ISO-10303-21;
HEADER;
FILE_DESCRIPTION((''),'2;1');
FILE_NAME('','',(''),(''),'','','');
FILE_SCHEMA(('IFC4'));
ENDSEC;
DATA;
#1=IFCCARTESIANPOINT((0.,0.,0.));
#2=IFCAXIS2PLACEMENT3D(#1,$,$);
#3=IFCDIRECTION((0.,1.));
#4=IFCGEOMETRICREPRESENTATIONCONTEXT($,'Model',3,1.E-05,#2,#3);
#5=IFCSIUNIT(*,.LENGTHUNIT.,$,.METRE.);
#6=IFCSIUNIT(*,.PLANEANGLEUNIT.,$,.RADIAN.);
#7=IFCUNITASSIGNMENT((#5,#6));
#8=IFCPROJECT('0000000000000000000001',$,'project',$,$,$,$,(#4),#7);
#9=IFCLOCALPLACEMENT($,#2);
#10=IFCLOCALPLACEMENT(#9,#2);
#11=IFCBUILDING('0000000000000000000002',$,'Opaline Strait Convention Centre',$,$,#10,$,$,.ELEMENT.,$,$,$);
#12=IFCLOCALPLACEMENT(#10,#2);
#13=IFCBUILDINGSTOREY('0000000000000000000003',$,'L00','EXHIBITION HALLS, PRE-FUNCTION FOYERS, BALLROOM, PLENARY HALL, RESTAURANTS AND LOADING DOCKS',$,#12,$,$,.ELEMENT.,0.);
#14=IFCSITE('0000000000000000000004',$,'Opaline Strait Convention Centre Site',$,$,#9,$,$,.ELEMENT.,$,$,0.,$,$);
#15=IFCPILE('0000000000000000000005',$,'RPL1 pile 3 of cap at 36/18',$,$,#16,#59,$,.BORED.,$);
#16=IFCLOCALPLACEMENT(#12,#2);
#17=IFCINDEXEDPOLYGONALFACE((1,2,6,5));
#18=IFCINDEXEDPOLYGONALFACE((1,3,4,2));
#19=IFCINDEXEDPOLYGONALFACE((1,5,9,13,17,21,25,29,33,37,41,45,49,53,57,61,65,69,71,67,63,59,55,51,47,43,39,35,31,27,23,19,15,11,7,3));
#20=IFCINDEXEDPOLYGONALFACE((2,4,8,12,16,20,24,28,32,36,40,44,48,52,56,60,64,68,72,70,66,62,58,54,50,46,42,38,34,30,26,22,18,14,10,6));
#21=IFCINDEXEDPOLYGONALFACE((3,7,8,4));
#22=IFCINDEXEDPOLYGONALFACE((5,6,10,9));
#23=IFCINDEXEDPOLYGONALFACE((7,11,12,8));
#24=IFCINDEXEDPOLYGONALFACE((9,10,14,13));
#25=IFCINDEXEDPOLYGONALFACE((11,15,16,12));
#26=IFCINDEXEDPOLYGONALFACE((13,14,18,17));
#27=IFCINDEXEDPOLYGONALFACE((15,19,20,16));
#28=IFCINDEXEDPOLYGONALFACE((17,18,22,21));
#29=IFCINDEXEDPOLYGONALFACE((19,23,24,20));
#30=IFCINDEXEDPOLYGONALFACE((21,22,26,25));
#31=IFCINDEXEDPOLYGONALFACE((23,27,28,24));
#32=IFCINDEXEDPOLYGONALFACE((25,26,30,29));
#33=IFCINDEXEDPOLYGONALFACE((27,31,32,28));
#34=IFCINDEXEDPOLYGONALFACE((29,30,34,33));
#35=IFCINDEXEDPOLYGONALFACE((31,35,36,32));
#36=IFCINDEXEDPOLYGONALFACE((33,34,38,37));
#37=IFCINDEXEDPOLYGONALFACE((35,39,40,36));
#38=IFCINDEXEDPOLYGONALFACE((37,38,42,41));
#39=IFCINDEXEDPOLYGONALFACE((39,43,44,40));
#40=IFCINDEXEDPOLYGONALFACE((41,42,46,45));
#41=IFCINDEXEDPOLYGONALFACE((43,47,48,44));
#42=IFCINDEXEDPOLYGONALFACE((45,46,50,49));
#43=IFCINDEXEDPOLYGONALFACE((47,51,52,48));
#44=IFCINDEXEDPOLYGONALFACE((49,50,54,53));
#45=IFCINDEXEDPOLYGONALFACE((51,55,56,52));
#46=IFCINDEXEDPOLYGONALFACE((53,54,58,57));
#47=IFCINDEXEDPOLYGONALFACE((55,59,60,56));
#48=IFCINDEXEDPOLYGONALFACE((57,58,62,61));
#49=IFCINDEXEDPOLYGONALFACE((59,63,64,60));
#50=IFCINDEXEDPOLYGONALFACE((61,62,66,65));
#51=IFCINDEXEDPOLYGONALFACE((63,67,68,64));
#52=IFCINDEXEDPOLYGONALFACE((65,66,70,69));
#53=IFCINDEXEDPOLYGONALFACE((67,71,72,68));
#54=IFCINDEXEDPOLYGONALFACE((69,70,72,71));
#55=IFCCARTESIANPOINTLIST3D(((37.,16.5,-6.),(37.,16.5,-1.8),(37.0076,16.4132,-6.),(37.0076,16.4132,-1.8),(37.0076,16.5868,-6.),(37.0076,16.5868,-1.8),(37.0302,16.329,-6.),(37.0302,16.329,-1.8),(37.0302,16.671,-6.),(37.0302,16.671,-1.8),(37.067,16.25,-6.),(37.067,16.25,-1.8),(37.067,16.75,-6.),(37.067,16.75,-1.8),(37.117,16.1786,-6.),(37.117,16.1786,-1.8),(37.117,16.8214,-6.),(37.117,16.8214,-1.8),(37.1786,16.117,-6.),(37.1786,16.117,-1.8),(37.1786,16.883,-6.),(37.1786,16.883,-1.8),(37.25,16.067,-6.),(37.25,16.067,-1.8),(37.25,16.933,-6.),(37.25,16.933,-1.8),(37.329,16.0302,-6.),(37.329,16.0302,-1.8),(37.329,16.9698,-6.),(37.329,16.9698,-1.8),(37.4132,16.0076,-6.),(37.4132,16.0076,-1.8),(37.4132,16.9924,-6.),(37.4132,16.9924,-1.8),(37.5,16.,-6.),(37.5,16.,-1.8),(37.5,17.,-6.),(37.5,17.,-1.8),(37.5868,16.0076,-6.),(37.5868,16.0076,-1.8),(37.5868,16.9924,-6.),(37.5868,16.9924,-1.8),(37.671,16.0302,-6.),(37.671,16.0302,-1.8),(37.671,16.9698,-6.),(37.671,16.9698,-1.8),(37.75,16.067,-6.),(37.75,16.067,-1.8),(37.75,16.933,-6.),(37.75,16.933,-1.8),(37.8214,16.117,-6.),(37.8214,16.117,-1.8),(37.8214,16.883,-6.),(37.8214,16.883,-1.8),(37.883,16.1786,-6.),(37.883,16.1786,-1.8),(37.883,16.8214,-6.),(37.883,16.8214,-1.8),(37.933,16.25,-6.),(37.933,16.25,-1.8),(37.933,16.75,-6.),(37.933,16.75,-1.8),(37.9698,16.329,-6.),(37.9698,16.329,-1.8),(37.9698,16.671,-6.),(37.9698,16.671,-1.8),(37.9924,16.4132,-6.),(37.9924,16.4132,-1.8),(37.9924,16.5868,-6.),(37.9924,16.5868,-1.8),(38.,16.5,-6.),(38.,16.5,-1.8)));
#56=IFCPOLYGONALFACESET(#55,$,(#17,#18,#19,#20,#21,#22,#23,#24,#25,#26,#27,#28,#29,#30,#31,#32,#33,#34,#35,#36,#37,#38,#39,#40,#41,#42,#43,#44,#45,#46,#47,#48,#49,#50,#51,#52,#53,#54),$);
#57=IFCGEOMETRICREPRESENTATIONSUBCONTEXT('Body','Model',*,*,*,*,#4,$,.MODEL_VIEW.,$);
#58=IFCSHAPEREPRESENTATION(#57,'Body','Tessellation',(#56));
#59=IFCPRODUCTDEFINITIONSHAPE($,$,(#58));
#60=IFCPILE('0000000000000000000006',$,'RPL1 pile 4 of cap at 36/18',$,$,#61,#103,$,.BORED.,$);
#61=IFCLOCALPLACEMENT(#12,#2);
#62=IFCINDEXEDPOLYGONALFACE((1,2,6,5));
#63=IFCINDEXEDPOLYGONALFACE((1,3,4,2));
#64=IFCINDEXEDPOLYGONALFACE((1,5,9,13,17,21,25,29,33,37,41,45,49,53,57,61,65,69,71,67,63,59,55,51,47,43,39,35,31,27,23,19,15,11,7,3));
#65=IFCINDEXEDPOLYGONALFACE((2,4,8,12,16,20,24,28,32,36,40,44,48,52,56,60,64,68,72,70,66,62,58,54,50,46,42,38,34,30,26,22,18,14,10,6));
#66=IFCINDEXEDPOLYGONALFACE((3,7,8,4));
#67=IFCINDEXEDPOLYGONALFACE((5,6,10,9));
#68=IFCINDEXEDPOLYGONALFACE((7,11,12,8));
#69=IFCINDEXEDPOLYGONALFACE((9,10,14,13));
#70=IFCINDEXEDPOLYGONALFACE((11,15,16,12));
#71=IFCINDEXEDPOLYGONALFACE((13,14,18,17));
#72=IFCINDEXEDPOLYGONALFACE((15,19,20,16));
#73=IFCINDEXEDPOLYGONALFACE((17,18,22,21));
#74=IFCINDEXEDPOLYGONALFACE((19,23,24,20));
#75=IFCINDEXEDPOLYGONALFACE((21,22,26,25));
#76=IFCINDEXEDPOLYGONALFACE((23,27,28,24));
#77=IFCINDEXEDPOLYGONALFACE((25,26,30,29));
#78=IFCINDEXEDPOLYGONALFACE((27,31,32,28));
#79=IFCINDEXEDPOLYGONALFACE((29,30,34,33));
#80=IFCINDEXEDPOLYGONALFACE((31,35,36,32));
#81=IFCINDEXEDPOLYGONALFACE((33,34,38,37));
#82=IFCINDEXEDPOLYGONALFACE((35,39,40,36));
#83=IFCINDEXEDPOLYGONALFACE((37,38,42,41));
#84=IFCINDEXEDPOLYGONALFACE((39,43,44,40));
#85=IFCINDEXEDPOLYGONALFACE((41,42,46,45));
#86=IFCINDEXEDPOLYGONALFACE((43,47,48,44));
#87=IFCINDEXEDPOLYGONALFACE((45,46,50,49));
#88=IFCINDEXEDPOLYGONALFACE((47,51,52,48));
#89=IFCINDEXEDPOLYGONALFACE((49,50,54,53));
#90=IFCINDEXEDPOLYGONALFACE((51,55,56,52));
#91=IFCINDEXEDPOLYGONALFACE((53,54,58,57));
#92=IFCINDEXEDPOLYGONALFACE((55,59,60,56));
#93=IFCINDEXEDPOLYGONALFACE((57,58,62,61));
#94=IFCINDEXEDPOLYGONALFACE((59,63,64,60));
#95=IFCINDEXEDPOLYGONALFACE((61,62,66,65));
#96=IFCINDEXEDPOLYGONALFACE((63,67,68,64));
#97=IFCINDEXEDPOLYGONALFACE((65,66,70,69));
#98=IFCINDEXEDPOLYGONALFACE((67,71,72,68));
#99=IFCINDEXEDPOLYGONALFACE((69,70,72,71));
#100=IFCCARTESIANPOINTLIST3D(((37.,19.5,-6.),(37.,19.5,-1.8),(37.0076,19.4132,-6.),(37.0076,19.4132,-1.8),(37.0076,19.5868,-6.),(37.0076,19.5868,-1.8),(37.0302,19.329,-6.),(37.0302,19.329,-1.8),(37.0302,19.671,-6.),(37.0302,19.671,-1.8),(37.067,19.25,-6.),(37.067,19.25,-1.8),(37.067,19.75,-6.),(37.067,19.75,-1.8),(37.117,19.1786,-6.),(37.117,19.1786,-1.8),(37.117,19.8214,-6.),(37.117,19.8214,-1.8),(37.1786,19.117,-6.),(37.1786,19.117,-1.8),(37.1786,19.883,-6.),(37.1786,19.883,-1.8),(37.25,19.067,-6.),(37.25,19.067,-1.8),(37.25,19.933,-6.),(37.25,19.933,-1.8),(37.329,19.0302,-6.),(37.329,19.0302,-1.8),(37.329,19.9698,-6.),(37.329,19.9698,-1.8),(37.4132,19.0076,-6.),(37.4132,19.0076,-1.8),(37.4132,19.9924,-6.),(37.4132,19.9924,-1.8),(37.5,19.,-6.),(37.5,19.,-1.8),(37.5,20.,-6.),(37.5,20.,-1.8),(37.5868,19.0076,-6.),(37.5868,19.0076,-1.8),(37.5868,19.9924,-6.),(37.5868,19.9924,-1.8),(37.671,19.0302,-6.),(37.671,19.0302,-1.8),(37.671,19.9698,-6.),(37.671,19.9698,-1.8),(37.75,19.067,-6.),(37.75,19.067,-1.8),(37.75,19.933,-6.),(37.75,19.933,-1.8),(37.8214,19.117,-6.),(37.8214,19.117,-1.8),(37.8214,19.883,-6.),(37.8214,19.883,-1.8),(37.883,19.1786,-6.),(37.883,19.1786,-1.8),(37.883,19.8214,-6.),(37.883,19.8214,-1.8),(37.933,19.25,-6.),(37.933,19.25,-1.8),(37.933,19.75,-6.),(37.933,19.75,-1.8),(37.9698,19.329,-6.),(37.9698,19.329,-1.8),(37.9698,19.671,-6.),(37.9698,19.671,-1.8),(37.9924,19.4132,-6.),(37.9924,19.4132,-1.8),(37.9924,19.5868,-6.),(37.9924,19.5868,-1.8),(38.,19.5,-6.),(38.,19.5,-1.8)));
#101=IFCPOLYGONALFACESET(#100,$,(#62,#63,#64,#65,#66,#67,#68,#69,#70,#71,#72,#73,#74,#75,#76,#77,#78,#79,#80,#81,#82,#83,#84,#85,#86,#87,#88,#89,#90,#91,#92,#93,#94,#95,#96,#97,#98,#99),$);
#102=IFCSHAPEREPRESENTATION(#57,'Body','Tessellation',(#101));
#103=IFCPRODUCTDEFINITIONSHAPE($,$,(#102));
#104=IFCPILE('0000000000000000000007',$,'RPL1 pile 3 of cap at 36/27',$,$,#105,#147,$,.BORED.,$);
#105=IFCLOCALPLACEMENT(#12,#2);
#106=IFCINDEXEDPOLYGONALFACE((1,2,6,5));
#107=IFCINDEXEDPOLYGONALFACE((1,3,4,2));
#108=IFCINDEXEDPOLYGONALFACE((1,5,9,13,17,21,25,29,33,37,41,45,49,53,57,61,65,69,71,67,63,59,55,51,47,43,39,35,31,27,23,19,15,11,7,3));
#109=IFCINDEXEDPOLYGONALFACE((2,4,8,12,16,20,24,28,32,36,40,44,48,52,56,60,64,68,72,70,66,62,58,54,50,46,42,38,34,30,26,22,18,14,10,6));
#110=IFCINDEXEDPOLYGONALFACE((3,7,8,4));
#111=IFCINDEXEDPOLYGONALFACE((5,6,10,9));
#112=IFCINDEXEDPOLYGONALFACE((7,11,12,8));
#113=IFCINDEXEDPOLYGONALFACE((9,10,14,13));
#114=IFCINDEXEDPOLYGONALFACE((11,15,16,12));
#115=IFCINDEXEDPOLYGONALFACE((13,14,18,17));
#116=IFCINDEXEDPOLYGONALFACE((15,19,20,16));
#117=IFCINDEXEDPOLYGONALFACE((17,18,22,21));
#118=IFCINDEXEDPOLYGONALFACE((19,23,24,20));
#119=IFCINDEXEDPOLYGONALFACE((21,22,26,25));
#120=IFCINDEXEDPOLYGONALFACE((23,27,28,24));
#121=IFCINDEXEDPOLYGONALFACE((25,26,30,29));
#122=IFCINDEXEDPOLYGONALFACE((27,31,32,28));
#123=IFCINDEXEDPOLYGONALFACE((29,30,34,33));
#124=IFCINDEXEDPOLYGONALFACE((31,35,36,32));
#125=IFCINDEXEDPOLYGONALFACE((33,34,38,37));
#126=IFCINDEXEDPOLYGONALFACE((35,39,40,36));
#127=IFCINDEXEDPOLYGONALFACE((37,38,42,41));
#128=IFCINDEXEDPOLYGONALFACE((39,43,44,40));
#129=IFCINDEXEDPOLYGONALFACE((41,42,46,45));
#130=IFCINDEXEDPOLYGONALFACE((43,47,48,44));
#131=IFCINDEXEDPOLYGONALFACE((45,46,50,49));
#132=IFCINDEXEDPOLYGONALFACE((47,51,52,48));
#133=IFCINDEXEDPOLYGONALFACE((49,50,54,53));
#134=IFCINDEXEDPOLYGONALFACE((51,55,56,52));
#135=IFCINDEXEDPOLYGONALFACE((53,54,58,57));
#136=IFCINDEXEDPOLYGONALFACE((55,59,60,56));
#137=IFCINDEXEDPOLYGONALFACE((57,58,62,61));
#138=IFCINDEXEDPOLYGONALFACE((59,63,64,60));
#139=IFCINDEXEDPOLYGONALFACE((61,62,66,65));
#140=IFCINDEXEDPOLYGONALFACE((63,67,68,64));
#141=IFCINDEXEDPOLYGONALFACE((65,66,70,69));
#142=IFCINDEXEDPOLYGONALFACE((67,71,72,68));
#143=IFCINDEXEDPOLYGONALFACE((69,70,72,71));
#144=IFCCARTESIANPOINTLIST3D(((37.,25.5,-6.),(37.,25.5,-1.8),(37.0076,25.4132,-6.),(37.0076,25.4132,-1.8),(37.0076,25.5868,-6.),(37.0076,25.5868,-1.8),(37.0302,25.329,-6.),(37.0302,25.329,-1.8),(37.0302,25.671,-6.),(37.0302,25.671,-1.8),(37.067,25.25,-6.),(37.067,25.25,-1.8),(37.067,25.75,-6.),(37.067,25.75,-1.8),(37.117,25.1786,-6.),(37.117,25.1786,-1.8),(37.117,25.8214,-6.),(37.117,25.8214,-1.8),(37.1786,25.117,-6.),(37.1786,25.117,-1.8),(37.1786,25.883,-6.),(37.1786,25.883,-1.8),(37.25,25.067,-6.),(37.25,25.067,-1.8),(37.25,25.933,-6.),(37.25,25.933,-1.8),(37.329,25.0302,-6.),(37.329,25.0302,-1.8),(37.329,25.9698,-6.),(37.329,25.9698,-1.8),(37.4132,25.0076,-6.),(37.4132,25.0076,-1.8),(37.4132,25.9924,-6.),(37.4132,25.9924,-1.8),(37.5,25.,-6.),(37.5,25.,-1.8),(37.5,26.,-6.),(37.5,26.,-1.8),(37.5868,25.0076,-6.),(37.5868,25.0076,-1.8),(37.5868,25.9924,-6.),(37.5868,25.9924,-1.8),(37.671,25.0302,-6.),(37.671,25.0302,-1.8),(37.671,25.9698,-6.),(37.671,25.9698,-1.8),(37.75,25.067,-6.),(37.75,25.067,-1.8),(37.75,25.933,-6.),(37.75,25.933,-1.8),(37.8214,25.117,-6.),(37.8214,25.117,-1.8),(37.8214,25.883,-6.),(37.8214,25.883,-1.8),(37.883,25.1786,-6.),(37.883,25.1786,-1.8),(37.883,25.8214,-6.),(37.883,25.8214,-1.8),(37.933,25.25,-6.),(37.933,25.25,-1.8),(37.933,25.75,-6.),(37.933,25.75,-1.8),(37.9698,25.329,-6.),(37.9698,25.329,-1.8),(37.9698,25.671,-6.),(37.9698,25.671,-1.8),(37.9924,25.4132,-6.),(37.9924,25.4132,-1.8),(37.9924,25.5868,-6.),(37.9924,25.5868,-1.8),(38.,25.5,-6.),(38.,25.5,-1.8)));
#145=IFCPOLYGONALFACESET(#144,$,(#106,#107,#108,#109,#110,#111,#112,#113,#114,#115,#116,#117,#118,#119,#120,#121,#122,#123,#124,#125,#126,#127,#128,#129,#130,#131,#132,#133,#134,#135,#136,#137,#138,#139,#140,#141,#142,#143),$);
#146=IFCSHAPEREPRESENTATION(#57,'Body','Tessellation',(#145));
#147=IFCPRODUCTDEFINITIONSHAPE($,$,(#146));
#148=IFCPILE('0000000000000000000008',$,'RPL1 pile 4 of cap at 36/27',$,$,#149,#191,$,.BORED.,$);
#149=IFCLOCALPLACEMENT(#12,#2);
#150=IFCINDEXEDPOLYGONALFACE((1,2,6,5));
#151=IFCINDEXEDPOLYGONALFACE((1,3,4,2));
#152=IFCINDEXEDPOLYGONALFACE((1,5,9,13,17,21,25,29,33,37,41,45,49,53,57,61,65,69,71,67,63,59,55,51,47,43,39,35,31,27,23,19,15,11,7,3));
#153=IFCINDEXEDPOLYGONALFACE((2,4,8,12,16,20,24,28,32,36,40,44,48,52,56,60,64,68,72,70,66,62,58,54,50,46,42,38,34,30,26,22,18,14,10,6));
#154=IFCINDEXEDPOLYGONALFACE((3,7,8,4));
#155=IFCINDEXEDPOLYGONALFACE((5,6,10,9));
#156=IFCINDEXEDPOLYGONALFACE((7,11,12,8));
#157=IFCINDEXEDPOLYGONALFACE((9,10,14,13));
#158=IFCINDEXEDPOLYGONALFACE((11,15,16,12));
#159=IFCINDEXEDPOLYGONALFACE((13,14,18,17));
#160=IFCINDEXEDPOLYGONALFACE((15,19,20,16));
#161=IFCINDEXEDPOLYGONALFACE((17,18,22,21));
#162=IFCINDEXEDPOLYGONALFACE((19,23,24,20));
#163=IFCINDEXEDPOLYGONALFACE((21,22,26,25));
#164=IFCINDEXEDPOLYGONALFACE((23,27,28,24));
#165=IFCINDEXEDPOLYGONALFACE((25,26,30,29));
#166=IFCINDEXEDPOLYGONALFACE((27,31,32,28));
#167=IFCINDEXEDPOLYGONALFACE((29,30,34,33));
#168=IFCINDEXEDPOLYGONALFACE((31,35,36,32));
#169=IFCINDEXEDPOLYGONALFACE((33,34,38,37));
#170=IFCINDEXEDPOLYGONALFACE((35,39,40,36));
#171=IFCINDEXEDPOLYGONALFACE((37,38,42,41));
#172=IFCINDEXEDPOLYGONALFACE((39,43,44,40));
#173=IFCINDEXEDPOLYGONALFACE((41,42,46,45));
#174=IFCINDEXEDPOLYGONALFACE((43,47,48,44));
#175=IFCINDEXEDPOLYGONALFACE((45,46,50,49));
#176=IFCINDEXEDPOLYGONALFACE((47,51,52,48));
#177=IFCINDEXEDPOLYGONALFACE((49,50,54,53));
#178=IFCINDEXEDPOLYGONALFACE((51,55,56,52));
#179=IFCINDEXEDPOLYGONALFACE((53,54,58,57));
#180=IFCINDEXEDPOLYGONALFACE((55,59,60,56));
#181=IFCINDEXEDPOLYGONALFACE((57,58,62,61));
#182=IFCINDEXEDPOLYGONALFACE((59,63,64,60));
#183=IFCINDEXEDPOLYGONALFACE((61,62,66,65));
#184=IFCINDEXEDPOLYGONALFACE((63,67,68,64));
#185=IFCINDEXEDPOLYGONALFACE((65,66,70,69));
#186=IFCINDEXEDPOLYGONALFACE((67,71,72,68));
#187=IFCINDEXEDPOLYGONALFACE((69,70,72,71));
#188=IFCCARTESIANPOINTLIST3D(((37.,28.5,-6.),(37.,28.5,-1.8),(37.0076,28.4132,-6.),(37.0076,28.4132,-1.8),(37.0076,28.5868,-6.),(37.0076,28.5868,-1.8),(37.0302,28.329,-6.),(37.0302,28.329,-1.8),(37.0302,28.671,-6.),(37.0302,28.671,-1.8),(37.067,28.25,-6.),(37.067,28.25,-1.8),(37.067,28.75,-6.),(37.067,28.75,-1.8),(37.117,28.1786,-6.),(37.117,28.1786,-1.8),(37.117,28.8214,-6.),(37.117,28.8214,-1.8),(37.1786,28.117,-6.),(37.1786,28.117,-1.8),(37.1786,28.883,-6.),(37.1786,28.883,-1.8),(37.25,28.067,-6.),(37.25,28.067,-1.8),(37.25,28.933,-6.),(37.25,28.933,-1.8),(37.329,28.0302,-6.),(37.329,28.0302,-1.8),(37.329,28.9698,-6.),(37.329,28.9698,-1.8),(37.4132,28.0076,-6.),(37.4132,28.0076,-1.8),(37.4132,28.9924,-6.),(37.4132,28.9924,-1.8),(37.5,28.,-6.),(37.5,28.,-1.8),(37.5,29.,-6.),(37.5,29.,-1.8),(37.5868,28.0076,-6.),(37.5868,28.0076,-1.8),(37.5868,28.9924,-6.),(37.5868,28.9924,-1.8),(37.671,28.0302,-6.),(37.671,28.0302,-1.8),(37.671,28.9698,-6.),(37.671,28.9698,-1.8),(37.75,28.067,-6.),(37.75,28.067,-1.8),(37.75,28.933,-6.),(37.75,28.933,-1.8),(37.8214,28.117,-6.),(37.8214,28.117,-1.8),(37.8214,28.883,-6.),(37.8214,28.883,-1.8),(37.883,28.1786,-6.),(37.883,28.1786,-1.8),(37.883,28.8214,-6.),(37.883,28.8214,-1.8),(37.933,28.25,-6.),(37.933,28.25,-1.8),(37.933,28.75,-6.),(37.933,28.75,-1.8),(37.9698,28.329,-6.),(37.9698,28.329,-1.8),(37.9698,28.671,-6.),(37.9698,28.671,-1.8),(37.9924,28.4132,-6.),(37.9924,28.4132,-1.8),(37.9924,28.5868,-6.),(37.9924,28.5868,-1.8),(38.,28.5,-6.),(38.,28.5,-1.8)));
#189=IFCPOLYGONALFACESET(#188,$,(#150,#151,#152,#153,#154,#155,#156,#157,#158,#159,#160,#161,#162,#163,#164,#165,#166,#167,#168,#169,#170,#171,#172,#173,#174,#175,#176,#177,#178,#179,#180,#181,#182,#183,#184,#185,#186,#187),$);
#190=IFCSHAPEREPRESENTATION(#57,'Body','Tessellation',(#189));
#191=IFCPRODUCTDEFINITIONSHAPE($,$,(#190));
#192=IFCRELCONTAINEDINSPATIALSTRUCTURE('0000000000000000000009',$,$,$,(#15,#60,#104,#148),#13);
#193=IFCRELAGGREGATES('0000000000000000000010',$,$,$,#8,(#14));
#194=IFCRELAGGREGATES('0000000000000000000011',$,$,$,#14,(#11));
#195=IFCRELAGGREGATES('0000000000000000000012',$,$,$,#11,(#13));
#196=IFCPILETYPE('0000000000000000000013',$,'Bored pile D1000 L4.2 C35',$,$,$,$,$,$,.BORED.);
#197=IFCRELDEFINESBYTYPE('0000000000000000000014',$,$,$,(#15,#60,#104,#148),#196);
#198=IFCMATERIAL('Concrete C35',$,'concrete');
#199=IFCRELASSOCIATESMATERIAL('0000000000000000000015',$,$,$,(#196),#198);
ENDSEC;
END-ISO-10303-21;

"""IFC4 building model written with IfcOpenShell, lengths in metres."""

from ifc_helpers import new_model, si_unit, direction, frame, origin, origin_2d, place, context, subcontext, project, spatial, circle, extrude, material, material_profile, profile_set, type_object, element, save


model = new_model("IFC4")

# Units and contexts
model_context = context("Model", 3, precision=1e-05, world=origin(), true_north=direction((0.0, 1.0)))
body_context = subcontext(model_context, "Body", "Model", "MODEL_VIEW")
ifc_project = project(units=[si_unit("LENGTHUNIT", "METRE"), si_unit("PLANEANGLEUNIT", "RADIAN")], contexts=[model_context])

# Site, building, storey
site_placement = place(None, origin())
site = spatial("IfcSite", under=ifc_project, at=site_placement, Name="Opaline Strait Convention Centre Site", CompositionType="ELEMENT", RefElevation=0.0)
building_placement = place(site_placement, origin())
building = spatial("IfcBuilding", under=site, at=building_placement, Name="Opaline Strait Convention Centre", CompositionType="ELEMENT")
storey_placement = place(building_placement, origin())
storey = spatial("IfcBuildingStorey", under=building, at=storey_placement, Name="L00", Description="EXHIBITION HALLS, PRE-FUNCTION FOYERS, BALLROOM, PLENARY HALL, RESTAURANTS AND LOADING DOCKS", CompositionType="ELEMENT", Elevation=0.0)

# Piles
ifc_material_1 = material(Name="Concrete C35", Category="concrete")
ifc_material_profile_1 = material_profile(ifc_material_1, circle(Radius=0.5, at=origin_2d()), Name="D1000")
ifc_profile_set_1 = profile_set([ifc_material_profile_1], Name="Concrete C35")
pile_type = type_object("IfcPileType", Name="Bored pile D1000 L4.2 C35", PredefinedType="BORED", material=ifc_profile_set_1)
for number, where, z_axis, x_axis, name in (
    (1, (37.5, 16.5, -1.8), (0.0, 0.0, -1.0), (1.0, 0.0, 0.0), "RPL1 pile 3 of cap at 36/18"),
    (2, (37.5, 19.5, -1.8), (0.0, 0.0, -1.0), (1.0, 0.0, 0.0), "RPL1 pile 4 of cap at 36/18"),
    (3, (37.5, 25.5, -1.8), (0.0, 0.0, -1.0), (1.0, 0.0, 0.0), "RPL1 pile 3 of cap at 36/27"),
    (4, (37.5, 28.5, -1.8), (0.0, 0.0, -1.0), (1.0, 0.0, 0.0), "RPL1 pile 4 of cap at 36/27"),
):
    element("IfcPile", number, at=place(storey_placement, frame(where, z_axis=z_axis, x_axis=x_axis)), inside=storey, type_object=pile_type, Name=name, PredefinedType="BORED", context=body_context, shape_type="SweptSolid", body=[
        extrude(circle(Radius=0.5, at=origin_2d()), origin(), (0.0, 0.0, 1.0), 4.2),
    ])

save(model, "model.ifc")
